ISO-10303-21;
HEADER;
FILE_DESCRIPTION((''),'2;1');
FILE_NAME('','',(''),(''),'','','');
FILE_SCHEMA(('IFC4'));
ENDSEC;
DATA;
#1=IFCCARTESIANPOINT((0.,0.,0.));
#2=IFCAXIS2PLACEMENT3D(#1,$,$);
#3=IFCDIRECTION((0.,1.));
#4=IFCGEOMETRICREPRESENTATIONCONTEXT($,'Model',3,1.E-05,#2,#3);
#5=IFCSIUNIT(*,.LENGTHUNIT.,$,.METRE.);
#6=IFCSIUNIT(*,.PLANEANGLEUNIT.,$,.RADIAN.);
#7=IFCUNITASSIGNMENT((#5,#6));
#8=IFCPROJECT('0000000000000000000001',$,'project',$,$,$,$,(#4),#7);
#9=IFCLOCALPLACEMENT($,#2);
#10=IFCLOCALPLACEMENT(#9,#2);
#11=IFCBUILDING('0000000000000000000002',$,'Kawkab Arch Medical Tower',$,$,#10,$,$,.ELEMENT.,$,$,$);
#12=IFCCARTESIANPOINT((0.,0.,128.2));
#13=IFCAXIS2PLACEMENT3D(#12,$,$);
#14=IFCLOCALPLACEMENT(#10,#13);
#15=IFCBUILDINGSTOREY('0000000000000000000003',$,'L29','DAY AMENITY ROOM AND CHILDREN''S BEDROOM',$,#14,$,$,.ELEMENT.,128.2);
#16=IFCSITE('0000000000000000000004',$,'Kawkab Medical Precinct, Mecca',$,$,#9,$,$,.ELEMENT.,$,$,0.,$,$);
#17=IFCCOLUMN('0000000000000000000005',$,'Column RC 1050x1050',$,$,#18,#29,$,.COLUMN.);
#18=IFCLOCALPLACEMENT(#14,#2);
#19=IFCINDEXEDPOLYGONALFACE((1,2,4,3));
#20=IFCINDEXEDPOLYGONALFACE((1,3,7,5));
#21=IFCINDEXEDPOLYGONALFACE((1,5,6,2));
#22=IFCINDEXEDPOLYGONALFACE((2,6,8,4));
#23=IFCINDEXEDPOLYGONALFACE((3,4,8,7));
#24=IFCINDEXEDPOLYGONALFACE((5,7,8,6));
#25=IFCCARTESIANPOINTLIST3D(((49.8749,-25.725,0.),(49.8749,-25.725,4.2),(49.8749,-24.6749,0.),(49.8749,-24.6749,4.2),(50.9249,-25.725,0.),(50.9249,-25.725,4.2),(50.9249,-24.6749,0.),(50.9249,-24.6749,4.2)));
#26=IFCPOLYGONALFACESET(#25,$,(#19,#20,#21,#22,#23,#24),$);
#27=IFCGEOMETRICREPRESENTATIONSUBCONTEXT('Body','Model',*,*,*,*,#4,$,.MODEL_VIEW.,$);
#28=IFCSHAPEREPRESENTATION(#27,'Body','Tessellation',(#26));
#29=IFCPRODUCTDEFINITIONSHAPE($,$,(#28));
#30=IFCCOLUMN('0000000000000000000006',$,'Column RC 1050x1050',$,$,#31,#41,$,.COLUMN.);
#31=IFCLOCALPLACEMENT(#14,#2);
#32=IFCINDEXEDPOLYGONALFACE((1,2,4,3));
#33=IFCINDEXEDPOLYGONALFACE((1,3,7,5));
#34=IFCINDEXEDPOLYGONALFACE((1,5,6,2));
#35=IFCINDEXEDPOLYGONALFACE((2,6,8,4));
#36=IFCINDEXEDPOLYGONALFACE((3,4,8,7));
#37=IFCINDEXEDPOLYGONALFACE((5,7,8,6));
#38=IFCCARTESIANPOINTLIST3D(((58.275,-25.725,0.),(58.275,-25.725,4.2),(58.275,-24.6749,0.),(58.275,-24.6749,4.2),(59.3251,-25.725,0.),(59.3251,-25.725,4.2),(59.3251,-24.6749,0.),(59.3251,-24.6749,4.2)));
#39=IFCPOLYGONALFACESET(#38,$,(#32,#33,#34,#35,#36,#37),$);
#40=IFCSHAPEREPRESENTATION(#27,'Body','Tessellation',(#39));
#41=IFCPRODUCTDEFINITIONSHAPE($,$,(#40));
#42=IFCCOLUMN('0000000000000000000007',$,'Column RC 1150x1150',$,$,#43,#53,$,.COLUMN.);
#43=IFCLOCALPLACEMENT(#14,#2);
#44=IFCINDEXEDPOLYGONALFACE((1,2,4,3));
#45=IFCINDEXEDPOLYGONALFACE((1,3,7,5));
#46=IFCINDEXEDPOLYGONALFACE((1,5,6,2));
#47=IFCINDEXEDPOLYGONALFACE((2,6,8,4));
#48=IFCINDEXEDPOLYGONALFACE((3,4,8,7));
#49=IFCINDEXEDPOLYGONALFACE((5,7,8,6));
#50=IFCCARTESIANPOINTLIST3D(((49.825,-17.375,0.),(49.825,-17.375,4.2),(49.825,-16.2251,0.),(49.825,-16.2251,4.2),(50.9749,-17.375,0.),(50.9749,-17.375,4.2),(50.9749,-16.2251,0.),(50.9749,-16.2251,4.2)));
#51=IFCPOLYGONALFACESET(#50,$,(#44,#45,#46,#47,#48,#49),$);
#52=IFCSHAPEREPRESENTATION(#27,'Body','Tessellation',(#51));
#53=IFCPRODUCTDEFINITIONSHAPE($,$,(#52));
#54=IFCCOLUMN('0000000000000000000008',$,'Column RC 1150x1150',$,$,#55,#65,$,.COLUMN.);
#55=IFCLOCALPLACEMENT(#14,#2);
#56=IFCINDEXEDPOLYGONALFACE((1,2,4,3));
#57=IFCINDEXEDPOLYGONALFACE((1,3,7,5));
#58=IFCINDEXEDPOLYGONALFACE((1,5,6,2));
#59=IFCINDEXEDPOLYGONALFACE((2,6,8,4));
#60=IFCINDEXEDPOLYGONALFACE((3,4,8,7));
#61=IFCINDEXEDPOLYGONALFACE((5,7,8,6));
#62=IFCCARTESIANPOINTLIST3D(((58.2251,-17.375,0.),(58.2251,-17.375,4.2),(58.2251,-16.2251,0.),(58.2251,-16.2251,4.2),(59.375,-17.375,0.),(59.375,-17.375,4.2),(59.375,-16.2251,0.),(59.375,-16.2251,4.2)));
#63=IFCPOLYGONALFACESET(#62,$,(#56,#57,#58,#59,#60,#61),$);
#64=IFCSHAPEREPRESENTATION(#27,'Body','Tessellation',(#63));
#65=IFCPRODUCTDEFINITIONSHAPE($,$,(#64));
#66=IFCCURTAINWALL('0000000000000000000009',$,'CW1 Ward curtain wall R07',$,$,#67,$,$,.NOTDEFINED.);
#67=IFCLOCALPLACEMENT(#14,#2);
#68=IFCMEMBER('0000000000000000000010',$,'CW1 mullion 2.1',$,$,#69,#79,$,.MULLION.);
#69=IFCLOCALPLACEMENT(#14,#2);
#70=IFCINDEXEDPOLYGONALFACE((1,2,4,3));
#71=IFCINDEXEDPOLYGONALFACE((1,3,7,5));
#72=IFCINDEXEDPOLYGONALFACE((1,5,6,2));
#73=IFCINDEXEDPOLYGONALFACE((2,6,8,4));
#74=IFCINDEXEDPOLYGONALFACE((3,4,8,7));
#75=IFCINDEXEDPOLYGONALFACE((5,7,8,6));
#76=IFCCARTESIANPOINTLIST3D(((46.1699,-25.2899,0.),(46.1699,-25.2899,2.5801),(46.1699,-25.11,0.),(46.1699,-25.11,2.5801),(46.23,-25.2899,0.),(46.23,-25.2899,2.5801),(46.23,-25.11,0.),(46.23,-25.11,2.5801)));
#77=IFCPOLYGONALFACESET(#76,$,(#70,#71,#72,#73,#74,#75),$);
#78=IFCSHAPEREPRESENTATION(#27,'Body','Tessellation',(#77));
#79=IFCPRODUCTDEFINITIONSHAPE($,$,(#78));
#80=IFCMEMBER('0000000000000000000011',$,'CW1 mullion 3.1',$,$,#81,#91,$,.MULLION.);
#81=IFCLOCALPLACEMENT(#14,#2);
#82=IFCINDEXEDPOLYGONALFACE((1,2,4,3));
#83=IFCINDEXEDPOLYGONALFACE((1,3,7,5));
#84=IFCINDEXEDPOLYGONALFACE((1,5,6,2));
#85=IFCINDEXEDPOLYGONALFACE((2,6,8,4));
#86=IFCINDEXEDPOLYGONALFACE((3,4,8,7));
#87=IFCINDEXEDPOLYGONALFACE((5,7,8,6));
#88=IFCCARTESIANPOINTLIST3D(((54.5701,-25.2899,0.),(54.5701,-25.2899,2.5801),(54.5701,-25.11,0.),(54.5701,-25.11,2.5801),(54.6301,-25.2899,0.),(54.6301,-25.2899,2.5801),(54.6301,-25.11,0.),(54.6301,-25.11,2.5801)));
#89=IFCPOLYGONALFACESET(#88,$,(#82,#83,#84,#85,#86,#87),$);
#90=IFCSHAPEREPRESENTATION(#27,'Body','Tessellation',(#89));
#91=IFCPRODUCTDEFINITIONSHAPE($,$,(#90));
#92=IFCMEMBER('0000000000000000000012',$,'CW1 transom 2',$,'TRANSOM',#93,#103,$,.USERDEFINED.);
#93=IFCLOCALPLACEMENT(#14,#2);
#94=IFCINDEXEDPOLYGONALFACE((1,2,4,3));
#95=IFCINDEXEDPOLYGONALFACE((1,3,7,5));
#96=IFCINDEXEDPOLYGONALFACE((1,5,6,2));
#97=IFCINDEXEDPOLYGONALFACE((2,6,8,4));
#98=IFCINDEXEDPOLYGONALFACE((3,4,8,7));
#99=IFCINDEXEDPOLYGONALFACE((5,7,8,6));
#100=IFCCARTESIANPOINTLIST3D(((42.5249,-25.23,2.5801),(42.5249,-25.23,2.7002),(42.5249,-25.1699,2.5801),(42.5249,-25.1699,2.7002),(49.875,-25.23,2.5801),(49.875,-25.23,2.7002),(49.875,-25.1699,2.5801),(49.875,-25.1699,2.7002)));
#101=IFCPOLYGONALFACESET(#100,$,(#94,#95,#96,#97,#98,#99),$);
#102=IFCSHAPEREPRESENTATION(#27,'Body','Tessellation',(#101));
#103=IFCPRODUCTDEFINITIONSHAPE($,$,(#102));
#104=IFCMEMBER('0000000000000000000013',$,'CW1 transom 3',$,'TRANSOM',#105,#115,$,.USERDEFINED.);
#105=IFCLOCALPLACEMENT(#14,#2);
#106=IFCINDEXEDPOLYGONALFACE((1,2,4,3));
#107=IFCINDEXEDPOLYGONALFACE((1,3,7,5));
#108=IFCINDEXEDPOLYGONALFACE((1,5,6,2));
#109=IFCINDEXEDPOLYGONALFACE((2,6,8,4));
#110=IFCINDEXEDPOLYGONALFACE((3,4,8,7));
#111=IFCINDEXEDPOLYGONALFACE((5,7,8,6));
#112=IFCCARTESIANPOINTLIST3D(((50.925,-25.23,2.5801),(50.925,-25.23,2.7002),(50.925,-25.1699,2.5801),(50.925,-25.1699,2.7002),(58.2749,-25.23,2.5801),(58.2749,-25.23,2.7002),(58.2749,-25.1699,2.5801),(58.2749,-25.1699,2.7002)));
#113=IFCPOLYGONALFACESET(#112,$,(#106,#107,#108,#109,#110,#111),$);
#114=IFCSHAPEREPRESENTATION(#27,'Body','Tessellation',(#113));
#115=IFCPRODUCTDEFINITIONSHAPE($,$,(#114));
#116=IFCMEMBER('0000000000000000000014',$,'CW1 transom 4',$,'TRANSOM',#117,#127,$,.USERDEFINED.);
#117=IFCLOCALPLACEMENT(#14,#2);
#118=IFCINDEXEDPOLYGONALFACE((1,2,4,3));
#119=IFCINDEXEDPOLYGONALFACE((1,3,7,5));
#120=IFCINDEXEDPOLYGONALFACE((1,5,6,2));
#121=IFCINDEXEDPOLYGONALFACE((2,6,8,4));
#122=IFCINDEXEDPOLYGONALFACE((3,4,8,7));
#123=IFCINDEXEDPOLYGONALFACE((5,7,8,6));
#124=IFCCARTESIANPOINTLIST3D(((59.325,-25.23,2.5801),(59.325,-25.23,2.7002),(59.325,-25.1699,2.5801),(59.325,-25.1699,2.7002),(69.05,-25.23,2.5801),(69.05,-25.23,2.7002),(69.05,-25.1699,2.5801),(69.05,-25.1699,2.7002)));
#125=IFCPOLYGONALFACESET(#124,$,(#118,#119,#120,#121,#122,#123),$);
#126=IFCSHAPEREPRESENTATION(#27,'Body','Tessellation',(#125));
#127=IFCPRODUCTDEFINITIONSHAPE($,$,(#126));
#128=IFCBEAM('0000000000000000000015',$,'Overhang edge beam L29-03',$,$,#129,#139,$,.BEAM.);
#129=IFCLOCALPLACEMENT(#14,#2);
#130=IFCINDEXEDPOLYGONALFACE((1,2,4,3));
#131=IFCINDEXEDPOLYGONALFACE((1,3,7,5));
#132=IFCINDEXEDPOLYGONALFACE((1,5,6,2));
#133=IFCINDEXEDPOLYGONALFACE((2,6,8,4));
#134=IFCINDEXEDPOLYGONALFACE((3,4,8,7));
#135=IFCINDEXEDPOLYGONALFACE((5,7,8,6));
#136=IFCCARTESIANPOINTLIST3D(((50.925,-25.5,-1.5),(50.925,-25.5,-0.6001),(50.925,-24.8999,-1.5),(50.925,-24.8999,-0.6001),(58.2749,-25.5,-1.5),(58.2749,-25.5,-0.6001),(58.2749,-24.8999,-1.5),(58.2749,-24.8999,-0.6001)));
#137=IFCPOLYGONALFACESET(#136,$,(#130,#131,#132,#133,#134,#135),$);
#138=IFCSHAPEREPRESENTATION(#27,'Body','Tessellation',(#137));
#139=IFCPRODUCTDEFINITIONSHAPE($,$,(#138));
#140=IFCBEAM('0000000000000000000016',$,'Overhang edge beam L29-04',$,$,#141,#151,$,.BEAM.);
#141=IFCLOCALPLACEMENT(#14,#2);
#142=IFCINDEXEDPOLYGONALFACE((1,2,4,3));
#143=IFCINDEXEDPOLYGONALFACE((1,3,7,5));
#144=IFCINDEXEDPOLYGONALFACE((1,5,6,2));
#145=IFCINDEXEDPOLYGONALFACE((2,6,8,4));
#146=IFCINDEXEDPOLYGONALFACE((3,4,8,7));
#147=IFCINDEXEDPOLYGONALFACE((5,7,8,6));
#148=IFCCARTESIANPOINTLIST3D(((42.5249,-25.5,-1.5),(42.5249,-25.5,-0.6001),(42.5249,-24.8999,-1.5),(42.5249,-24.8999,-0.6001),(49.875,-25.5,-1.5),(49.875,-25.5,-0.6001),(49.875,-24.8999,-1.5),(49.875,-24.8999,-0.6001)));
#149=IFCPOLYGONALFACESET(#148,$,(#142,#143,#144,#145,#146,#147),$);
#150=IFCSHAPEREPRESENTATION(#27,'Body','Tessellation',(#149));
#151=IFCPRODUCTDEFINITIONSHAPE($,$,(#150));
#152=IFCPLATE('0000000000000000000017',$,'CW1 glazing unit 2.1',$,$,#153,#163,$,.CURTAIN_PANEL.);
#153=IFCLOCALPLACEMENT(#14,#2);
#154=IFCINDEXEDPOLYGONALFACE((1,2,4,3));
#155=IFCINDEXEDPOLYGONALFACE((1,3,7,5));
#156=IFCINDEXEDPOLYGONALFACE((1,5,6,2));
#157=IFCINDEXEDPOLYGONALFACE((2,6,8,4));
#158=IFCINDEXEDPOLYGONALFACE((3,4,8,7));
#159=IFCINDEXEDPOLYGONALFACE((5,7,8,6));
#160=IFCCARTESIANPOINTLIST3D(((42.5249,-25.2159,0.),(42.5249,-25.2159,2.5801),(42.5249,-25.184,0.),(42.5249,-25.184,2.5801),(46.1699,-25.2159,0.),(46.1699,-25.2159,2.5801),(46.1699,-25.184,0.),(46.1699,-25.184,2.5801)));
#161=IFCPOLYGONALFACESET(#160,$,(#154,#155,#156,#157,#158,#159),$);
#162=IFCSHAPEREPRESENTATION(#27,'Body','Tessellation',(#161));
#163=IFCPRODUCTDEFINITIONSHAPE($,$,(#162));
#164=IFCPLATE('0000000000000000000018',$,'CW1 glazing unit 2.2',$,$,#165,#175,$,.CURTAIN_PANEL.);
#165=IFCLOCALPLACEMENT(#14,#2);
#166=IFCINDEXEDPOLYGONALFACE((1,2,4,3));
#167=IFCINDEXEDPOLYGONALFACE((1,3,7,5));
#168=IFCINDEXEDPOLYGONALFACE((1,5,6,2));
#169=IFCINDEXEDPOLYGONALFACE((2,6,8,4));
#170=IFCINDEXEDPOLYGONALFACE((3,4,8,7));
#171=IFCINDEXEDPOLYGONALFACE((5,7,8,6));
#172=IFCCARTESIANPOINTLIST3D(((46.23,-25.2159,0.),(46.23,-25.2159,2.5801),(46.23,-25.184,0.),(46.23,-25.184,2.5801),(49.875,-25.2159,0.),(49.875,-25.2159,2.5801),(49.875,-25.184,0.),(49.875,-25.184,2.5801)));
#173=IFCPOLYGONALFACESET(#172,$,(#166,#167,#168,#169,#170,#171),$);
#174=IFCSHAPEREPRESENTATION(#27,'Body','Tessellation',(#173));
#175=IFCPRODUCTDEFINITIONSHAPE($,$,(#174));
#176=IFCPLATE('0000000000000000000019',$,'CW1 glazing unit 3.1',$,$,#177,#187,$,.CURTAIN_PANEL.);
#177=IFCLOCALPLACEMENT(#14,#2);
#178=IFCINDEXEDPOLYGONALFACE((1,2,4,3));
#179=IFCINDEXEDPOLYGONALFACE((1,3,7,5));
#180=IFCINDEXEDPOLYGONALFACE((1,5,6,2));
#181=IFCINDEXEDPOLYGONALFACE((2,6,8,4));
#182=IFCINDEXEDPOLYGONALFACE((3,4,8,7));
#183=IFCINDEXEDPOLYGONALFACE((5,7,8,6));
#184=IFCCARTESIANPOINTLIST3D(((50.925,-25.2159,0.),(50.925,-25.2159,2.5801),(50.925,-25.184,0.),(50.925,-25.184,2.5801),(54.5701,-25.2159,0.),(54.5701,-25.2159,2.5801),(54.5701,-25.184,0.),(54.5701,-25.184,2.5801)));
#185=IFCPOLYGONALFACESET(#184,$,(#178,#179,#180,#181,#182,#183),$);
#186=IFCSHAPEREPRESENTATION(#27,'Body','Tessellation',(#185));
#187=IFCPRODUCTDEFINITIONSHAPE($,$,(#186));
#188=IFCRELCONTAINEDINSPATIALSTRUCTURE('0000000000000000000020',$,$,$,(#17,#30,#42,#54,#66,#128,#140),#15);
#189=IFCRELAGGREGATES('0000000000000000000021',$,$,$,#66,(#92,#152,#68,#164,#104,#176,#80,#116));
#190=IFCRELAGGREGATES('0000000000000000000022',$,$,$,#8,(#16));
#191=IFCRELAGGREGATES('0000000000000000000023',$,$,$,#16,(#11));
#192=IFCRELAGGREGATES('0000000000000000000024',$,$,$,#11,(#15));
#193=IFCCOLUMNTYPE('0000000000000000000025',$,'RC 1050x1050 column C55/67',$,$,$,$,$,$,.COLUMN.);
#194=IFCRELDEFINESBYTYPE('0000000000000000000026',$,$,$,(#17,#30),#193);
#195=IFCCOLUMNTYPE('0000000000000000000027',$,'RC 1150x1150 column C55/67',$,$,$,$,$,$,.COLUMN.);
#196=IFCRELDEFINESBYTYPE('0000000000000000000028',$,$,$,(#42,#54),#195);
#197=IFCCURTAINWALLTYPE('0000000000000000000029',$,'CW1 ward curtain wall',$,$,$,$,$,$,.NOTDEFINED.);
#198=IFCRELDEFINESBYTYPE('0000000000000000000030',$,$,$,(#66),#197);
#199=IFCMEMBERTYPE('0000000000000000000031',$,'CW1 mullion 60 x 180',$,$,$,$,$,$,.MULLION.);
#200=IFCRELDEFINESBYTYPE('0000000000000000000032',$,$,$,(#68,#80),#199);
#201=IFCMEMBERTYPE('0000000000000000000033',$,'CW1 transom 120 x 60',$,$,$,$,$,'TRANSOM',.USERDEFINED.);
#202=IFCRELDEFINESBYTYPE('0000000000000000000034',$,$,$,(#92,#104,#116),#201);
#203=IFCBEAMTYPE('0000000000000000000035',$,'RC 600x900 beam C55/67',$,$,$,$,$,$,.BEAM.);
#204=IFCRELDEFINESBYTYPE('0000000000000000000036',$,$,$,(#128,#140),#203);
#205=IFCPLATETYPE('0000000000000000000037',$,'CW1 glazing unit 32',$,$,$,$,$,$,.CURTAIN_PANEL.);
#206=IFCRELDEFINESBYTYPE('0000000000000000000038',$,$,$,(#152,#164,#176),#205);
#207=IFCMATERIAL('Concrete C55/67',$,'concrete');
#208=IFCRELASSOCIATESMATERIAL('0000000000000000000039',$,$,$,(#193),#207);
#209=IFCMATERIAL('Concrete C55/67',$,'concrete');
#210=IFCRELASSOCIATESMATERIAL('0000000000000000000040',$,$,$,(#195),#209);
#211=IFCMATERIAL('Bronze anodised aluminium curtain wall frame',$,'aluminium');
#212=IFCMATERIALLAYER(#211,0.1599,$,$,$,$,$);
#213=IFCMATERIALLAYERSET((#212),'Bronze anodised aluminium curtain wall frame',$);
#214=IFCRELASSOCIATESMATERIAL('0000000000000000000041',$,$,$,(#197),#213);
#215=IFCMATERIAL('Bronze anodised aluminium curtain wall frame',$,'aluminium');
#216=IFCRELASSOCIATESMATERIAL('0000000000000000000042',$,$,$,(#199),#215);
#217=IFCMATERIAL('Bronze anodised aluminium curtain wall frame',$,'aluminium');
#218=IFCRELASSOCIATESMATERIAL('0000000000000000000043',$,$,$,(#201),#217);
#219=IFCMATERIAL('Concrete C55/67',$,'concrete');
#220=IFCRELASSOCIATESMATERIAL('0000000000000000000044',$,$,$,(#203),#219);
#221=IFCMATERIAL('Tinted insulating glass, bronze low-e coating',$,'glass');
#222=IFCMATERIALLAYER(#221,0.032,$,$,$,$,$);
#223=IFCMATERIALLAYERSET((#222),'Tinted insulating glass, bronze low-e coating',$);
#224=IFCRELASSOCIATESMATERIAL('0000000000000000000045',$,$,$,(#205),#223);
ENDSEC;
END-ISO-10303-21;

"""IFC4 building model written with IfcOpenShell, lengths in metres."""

from ifc_helpers import new_model, si_unit, direction, frame, origin, origin_2d, place, context, subcontext, project, spatial, rectangle, extrude, material, layer, layer_set, material_profile, profile_set, type_object, element, aggregate, save


model = new_model("IFC4")

# Units and contexts
model_context = context("Model", 3, precision=1e-05, world=origin(), true_north=direction((0.0, 1.0)))
body_context = subcontext(model_context, "Body", "Model", "MODEL_VIEW")
ifc_project = project(units=[si_unit("LENGTHUNIT", "METRE"), si_unit("PLANEANGLEUNIT", "RADIAN")], contexts=[model_context])

# Site, building, storey
site_placement = place(None, origin())
site = spatial("IfcSite", under=ifc_project, at=site_placement, Name="Kawkab Medical Precinct, Mecca", CompositionType="ELEMENT", RefElevation=0.0)
building_placement = place(site_placement, origin())
building = spatial("IfcBuilding", under=site, at=building_placement, Name="Kawkab Arch Medical Tower", CompositionType="ELEMENT")
storey_placement = place(building_placement, frame((0.0, 0.0, 128.2)))
storey = spatial("IfcBuildingStorey", under=building, at=storey_placement, Name="L29", Description="DAY AMENITY ROOM AND CHILDREN'S BEDROOM", CompositionType="ELEMENT", Elevation=128.2)

# Columns
ifc_material_1 = material(Name="Concrete C55/67", Category="concrete")
ifc_material_profile_1 = material_profile(ifc_material_1, rectangle(XDim=1.05, YDim=1.05, at=origin_2d()), Name="RC 1050x1050")
ifc_profile_set_1 = profile_set([ifc_material_profile_1], Name="Concrete C55/67")
column_type_1 = type_object("IfcColumnType", Name="RC 1050x1050 column C55/67", PredefinedType="COLUMN", material=ifc_profile_set_1)
for number, where, z_axis, x_axis, name in (
    (1, (50.3999, -25.2, 0.0), (0.0, 0.0, 1.0), (1.0, 0.0, 0.0), "Column RC 1050x1050"),
    (2, (58.8, -25.2, 0.0), (0.0, 0.0, 1.0), (1.0, 0.0, 0.0), "Column RC 1050x1050"),
):
    element("IfcColumn", number, at=place(storey_placement, frame(where, z_axis=z_axis, x_axis=x_axis)), inside=storey, type_object=column_type_1, Name=name, PredefinedType="COLUMN", context=body_context, shape_type="SweptSolid", body=[
        extrude(rectangle(XDim=1.05, YDim=1.05, at=origin_2d()), origin(), (0.0, 0.0, 1.0), 4.2),
    ])
ifc_material_2 = material(Name="Concrete C55/67", Category="concrete")
ifc_material_profile_2 = material_profile(ifc_material_2, rectangle(XDim=1.1499, YDim=1.1499, at=origin_2d()), Name="RC 1150x1150")
ifc_profile_set_2 = profile_set([ifc_material_profile_2], Name="Concrete C55/67")
column_type_2 = type_object("IfcColumnType", Name="RC 1150x1150 column C55/67", PredefinedType="COLUMN", material=ifc_profile_set_2)
for number, where, z_axis, x_axis, name in (
    (3, (50.3999, -16.8, 0.0), (0.0, 0.0, 1.0), (1.0, 0.0, 0.0), "Column RC 1150x1150"),
    (4, (58.8, -16.8, 0.0), (0.0, 0.0, 1.0), (1.0, 0.0, 0.0), "Column RC 1150x1150"),
):
    element("IfcColumn", number, at=place(storey_placement, frame(where, z_axis=z_axis, x_axis=x_axis)), inside=storey, type_object=column_type_2, Name=name, PredefinedType="COLUMN", context=body_context, shape_type="SweptSolid", body=[
        extrude(rectangle(XDim=1.1499, YDim=1.1499, at=origin_2d()), origin(), (0.0, 0.0, 1.0), 4.2),
    ])

# Curtain wall, members
ifc_material_3 = material(Name="Bronze anodised aluminium curtain wall frame", Category="aluminium")
ifc_layer_1 = layer(ifc_material_3, 0.1599)
ifc_layer_set_1 = layer_set([ifc_layer_1], Name="Bronze anodised aluminium curtain wall frame")
curtain_wall_type = type_object("IfcCurtainWallType", Name="CW1 ward curtain wall", PredefinedType="NOTDEFINED", material=ifc_layer_set_1)
curtain_wall_placement = place(storey_placement, origin())
curtain_wall = element("IfcCurtainWall", 5, at=curtain_wall_placement, inside=storey, type_object=curtain_wall_type, Name="CW1 Ward curtain wall R07", PredefinedType="NOTDEFINED")
ifc_material_4 = material(Name="Bronze anodised aluminium curtain wall frame", Category="aluminium")
ifc_material_profile_3 = material_profile(ifc_material_4, rectangle(XDim=0.1799, YDim=0.0601, at=origin_2d()), Name="AL 60x180")
ifc_profile_set_3 = profile_set([ifc_material_profile_3], Name="Bronze anodised aluminium curtain wall frame")
member_type_1 = type_object("IfcMemberType", Name="CW1 mullion 60 x 180", PredefinedType="MULLION", material=ifc_profile_set_3)
member_1_placement = place(storey_placement, frame((46.2, -25.2, 0.0), z_axis=(0.0, 0.0, 1.0), x_axis=(0.0, 1.0, 0.0)))
member_1 = element("IfcMember", 6, at=member_1_placement, type_object=member_type_1, Name="CW1 mullion 2.1", PredefinedType="MULLION", context=body_context, shape_type="SweptSolid", body=[
    extrude(rectangle(XDim=0.1799, YDim=0.0601, at=origin_2d()), origin(), (0.0, 0.0, 1.0), 2.5801),
])
member_2_placement = place(storey_placement, frame((54.6001, -25.2, 0.0), z_axis=(0.0, 0.0, 1.0), x_axis=(0.0, 1.0, 0.0)))
member_2 = element("IfcMember", 7, at=member_2_placement, type_object=member_type_1, Name="CW1 mullion 3.1", PredefinedType="MULLION", context=body_context, shape_type="SweptSolid", body=[
    extrude(rectangle(XDim=0.1799, YDim=0.0601, at=origin_2d()), origin(), (0.0, 0.0, 1.0), 2.5801),
])
ifc_material_5 = material(Name="Bronze anodised aluminium curtain wall frame", Category="aluminium")
ifc_material_profile_4 = material_profile(ifc_material_5, rectangle(XDim=0.0601, YDim=0.1201, at=origin_2d()), Name="AL 60x120")
ifc_profile_set_4 = profile_set([ifc_material_profile_4], Name="Bronze anodised aluminium curtain wall frame")
member_type_2 = type_object("IfcMemberType", Name="CW1 transom 120 x 60", ElementType="TRANSOM", PredefinedType="USERDEFINED", material=ifc_profile_set_4)
member_3_placement = place(storey_placement, frame((42.5249, -25.2, 2.6401), z_axis=(1.0, 0.0, 0.0), x_axis=(0.0, 1.0, 0.0)))
member_3 = element("IfcMember", 8, at=member_3_placement, type_object=member_type_2, Name="CW1 transom 2", ObjectType="TRANSOM", PredefinedType="USERDEFINED", context=body_context, shape_type="SweptSolid", body=[
    extrude(rectangle(XDim=0.0601, YDim=0.1201, at=origin_2d()), origin(), (0.0, 0.0, 1.0), 7.3501),
])
member_4_placement = place(storey_placement, frame((50.925, -25.2, 2.6401), z_axis=(1.0, 0.0, 0.0), x_axis=(0.0, 1.0, 0.0)))
member_4 = element("IfcMember", 9, at=member_4_placement, type_object=member_type_2, Name="CW1 transom 3", ObjectType="TRANSOM", PredefinedType="USERDEFINED", context=body_context, shape_type="SweptSolid", body=[
    extrude(rectangle(XDim=0.0601, YDim=0.1201, at=origin_2d()), origin(), (0.0, 0.0, 1.0), 7.3499),
])
member_5_placement = place(storey_placement, frame((59.325, -25.2, 2.6401), z_axis=(1.0, 0.0, 0.0), x_axis=(0.0, 1.0, 0.0)))
member_5 = element("IfcMember", 10, at=member_5_placement, type_object=member_type_2, Name="CW1 transom 4", ObjectType="TRANSOM", PredefinedType="USERDEFINED", context=body_context, shape_type="SweptSolid", body=[
    extrude(rectangle(XDim=0.0601, YDim=0.1201, at=origin_2d()), origin(), (0.0, 0.0, 1.0), 9.7251),
])

# Beams
ifc_material_6 = material(Name="Concrete C55/67", Category="concrete")
ifc_material_profile_5 = material_profile(ifc_material_6, rectangle(XDim=0.6001, YDim=0.8999, at=origin_2d()), Name="RC 600x900")
ifc_profile_set_5 = profile_set([ifc_material_profile_5], Name="Concrete C55/67")
beam_type = type_object("IfcBeamType", Name="RC 600x900 beam C55/67", PredefinedType="BEAM", material=ifc_profile_set_5)
beam_1_placement = place(storey_placement, frame((58.2749, -25.2, -1.05), z_axis=(-1.0, 0.0, 0.0), x_axis=(0.0, -1.0, 0.0)))
element("IfcBeam", 11, at=beam_1_placement, inside=storey, type_object=beam_type, Name="Overhang edge beam L29-03", PredefinedType="BEAM", context=body_context, shape_type="SweptSolid", body=[
    extrude(rectangle(XDim=0.6001, YDim=0.8999, at=origin_2d()), origin(), (0.0, 0.0, 1.0), 7.3499),
])
beam_2_placement = place(storey_placement, frame((49.875, -25.2, -1.05), z_axis=(-1.0, 0.0, 0.0), x_axis=(0.0, -1.0, 0.0)))
element("IfcBeam", 12, at=beam_2_placement, inside=storey, type_object=beam_type, Name="Overhang edge beam L29-04", PredefinedType="BEAM", context=body_context, shape_type="SweptSolid", body=[
    extrude(rectangle(XDim=0.6001, YDim=0.8999, at=origin_2d()), origin(), (0.0, 0.0, 1.0), 7.3501),
])

# Plates
ifc_material_7 = material(Name="Tinted insulating glass, bronze low-e coating", Category="glass")
ifc_layer_2 = layer(ifc_material_7, 0.032)
ifc_layer_set_2 = layer_set([ifc_layer_2], Name="Tinted insulating glass, bronze low-e coating")
plate_type = type_object("IfcPlateType", Name="CW1 glazing unit 32", PredefinedType="CURTAIN_PANEL", material=ifc_layer_set_2)
plate_1_placement = place(storey_placement, frame((44.3474, -25.2, 0.0), z_axis=(0.0, 0.0, 1.0), x_axis=(1.0, 0.0, 0.0)))
plate_1 = element("IfcPlate", 13, at=plate_1_placement, type_object=plate_type, Name="CW1 glazing unit 2.1", PredefinedType="CURTAIN_PANEL", context=body_context, shape_type="SweptSolid", body=[
    extrude(rectangle(XDim=3.645, YDim=0.032, at=origin_2d()), origin(), (0.0, 0.0, 1.0), 2.5801),
])
plate_2_placement = place(storey_placement, frame((48.0525, -25.2, 0.0), z_axis=(0.0, 0.0, 1.0), x_axis=(1.0, 0.0, 0.0)))
plate_2 = element("IfcPlate", 14, at=plate_2_placement, type_object=plate_type, Name="CW1 glazing unit 2.2", PredefinedType="CURTAIN_PANEL", context=body_context, shape_type="SweptSolid", body=[
    extrude(rectangle(XDim=3.645, YDim=0.032, at=origin_2d()), origin(), (0.0, 0.0, 1.0), 2.5801),
])
plate_3_placement = place(storey_placement, frame((52.7476, -25.2, 0.0), z_axis=(0.0, 0.0, 1.0), x_axis=(1.0, 0.0, 0.0)))
plate_3 = element("IfcPlate", 15, at=plate_3_placement, type_object=plate_type, Name="CW1 glazing unit 3.1", PredefinedType="CURTAIN_PANEL", context=body_context, shape_type="SweptSolid", body=[
    extrude(rectangle(XDim=3.645, YDim=0.032, at=origin_2d()), origin(), (0.0, 0.0, 1.0), 2.5801),
])
aggregate(curtain_wall, [member_3, plate_1, member_1, plate_2, member_4, plate_3, member_2, member_5])

save(model, "model.ifc")
